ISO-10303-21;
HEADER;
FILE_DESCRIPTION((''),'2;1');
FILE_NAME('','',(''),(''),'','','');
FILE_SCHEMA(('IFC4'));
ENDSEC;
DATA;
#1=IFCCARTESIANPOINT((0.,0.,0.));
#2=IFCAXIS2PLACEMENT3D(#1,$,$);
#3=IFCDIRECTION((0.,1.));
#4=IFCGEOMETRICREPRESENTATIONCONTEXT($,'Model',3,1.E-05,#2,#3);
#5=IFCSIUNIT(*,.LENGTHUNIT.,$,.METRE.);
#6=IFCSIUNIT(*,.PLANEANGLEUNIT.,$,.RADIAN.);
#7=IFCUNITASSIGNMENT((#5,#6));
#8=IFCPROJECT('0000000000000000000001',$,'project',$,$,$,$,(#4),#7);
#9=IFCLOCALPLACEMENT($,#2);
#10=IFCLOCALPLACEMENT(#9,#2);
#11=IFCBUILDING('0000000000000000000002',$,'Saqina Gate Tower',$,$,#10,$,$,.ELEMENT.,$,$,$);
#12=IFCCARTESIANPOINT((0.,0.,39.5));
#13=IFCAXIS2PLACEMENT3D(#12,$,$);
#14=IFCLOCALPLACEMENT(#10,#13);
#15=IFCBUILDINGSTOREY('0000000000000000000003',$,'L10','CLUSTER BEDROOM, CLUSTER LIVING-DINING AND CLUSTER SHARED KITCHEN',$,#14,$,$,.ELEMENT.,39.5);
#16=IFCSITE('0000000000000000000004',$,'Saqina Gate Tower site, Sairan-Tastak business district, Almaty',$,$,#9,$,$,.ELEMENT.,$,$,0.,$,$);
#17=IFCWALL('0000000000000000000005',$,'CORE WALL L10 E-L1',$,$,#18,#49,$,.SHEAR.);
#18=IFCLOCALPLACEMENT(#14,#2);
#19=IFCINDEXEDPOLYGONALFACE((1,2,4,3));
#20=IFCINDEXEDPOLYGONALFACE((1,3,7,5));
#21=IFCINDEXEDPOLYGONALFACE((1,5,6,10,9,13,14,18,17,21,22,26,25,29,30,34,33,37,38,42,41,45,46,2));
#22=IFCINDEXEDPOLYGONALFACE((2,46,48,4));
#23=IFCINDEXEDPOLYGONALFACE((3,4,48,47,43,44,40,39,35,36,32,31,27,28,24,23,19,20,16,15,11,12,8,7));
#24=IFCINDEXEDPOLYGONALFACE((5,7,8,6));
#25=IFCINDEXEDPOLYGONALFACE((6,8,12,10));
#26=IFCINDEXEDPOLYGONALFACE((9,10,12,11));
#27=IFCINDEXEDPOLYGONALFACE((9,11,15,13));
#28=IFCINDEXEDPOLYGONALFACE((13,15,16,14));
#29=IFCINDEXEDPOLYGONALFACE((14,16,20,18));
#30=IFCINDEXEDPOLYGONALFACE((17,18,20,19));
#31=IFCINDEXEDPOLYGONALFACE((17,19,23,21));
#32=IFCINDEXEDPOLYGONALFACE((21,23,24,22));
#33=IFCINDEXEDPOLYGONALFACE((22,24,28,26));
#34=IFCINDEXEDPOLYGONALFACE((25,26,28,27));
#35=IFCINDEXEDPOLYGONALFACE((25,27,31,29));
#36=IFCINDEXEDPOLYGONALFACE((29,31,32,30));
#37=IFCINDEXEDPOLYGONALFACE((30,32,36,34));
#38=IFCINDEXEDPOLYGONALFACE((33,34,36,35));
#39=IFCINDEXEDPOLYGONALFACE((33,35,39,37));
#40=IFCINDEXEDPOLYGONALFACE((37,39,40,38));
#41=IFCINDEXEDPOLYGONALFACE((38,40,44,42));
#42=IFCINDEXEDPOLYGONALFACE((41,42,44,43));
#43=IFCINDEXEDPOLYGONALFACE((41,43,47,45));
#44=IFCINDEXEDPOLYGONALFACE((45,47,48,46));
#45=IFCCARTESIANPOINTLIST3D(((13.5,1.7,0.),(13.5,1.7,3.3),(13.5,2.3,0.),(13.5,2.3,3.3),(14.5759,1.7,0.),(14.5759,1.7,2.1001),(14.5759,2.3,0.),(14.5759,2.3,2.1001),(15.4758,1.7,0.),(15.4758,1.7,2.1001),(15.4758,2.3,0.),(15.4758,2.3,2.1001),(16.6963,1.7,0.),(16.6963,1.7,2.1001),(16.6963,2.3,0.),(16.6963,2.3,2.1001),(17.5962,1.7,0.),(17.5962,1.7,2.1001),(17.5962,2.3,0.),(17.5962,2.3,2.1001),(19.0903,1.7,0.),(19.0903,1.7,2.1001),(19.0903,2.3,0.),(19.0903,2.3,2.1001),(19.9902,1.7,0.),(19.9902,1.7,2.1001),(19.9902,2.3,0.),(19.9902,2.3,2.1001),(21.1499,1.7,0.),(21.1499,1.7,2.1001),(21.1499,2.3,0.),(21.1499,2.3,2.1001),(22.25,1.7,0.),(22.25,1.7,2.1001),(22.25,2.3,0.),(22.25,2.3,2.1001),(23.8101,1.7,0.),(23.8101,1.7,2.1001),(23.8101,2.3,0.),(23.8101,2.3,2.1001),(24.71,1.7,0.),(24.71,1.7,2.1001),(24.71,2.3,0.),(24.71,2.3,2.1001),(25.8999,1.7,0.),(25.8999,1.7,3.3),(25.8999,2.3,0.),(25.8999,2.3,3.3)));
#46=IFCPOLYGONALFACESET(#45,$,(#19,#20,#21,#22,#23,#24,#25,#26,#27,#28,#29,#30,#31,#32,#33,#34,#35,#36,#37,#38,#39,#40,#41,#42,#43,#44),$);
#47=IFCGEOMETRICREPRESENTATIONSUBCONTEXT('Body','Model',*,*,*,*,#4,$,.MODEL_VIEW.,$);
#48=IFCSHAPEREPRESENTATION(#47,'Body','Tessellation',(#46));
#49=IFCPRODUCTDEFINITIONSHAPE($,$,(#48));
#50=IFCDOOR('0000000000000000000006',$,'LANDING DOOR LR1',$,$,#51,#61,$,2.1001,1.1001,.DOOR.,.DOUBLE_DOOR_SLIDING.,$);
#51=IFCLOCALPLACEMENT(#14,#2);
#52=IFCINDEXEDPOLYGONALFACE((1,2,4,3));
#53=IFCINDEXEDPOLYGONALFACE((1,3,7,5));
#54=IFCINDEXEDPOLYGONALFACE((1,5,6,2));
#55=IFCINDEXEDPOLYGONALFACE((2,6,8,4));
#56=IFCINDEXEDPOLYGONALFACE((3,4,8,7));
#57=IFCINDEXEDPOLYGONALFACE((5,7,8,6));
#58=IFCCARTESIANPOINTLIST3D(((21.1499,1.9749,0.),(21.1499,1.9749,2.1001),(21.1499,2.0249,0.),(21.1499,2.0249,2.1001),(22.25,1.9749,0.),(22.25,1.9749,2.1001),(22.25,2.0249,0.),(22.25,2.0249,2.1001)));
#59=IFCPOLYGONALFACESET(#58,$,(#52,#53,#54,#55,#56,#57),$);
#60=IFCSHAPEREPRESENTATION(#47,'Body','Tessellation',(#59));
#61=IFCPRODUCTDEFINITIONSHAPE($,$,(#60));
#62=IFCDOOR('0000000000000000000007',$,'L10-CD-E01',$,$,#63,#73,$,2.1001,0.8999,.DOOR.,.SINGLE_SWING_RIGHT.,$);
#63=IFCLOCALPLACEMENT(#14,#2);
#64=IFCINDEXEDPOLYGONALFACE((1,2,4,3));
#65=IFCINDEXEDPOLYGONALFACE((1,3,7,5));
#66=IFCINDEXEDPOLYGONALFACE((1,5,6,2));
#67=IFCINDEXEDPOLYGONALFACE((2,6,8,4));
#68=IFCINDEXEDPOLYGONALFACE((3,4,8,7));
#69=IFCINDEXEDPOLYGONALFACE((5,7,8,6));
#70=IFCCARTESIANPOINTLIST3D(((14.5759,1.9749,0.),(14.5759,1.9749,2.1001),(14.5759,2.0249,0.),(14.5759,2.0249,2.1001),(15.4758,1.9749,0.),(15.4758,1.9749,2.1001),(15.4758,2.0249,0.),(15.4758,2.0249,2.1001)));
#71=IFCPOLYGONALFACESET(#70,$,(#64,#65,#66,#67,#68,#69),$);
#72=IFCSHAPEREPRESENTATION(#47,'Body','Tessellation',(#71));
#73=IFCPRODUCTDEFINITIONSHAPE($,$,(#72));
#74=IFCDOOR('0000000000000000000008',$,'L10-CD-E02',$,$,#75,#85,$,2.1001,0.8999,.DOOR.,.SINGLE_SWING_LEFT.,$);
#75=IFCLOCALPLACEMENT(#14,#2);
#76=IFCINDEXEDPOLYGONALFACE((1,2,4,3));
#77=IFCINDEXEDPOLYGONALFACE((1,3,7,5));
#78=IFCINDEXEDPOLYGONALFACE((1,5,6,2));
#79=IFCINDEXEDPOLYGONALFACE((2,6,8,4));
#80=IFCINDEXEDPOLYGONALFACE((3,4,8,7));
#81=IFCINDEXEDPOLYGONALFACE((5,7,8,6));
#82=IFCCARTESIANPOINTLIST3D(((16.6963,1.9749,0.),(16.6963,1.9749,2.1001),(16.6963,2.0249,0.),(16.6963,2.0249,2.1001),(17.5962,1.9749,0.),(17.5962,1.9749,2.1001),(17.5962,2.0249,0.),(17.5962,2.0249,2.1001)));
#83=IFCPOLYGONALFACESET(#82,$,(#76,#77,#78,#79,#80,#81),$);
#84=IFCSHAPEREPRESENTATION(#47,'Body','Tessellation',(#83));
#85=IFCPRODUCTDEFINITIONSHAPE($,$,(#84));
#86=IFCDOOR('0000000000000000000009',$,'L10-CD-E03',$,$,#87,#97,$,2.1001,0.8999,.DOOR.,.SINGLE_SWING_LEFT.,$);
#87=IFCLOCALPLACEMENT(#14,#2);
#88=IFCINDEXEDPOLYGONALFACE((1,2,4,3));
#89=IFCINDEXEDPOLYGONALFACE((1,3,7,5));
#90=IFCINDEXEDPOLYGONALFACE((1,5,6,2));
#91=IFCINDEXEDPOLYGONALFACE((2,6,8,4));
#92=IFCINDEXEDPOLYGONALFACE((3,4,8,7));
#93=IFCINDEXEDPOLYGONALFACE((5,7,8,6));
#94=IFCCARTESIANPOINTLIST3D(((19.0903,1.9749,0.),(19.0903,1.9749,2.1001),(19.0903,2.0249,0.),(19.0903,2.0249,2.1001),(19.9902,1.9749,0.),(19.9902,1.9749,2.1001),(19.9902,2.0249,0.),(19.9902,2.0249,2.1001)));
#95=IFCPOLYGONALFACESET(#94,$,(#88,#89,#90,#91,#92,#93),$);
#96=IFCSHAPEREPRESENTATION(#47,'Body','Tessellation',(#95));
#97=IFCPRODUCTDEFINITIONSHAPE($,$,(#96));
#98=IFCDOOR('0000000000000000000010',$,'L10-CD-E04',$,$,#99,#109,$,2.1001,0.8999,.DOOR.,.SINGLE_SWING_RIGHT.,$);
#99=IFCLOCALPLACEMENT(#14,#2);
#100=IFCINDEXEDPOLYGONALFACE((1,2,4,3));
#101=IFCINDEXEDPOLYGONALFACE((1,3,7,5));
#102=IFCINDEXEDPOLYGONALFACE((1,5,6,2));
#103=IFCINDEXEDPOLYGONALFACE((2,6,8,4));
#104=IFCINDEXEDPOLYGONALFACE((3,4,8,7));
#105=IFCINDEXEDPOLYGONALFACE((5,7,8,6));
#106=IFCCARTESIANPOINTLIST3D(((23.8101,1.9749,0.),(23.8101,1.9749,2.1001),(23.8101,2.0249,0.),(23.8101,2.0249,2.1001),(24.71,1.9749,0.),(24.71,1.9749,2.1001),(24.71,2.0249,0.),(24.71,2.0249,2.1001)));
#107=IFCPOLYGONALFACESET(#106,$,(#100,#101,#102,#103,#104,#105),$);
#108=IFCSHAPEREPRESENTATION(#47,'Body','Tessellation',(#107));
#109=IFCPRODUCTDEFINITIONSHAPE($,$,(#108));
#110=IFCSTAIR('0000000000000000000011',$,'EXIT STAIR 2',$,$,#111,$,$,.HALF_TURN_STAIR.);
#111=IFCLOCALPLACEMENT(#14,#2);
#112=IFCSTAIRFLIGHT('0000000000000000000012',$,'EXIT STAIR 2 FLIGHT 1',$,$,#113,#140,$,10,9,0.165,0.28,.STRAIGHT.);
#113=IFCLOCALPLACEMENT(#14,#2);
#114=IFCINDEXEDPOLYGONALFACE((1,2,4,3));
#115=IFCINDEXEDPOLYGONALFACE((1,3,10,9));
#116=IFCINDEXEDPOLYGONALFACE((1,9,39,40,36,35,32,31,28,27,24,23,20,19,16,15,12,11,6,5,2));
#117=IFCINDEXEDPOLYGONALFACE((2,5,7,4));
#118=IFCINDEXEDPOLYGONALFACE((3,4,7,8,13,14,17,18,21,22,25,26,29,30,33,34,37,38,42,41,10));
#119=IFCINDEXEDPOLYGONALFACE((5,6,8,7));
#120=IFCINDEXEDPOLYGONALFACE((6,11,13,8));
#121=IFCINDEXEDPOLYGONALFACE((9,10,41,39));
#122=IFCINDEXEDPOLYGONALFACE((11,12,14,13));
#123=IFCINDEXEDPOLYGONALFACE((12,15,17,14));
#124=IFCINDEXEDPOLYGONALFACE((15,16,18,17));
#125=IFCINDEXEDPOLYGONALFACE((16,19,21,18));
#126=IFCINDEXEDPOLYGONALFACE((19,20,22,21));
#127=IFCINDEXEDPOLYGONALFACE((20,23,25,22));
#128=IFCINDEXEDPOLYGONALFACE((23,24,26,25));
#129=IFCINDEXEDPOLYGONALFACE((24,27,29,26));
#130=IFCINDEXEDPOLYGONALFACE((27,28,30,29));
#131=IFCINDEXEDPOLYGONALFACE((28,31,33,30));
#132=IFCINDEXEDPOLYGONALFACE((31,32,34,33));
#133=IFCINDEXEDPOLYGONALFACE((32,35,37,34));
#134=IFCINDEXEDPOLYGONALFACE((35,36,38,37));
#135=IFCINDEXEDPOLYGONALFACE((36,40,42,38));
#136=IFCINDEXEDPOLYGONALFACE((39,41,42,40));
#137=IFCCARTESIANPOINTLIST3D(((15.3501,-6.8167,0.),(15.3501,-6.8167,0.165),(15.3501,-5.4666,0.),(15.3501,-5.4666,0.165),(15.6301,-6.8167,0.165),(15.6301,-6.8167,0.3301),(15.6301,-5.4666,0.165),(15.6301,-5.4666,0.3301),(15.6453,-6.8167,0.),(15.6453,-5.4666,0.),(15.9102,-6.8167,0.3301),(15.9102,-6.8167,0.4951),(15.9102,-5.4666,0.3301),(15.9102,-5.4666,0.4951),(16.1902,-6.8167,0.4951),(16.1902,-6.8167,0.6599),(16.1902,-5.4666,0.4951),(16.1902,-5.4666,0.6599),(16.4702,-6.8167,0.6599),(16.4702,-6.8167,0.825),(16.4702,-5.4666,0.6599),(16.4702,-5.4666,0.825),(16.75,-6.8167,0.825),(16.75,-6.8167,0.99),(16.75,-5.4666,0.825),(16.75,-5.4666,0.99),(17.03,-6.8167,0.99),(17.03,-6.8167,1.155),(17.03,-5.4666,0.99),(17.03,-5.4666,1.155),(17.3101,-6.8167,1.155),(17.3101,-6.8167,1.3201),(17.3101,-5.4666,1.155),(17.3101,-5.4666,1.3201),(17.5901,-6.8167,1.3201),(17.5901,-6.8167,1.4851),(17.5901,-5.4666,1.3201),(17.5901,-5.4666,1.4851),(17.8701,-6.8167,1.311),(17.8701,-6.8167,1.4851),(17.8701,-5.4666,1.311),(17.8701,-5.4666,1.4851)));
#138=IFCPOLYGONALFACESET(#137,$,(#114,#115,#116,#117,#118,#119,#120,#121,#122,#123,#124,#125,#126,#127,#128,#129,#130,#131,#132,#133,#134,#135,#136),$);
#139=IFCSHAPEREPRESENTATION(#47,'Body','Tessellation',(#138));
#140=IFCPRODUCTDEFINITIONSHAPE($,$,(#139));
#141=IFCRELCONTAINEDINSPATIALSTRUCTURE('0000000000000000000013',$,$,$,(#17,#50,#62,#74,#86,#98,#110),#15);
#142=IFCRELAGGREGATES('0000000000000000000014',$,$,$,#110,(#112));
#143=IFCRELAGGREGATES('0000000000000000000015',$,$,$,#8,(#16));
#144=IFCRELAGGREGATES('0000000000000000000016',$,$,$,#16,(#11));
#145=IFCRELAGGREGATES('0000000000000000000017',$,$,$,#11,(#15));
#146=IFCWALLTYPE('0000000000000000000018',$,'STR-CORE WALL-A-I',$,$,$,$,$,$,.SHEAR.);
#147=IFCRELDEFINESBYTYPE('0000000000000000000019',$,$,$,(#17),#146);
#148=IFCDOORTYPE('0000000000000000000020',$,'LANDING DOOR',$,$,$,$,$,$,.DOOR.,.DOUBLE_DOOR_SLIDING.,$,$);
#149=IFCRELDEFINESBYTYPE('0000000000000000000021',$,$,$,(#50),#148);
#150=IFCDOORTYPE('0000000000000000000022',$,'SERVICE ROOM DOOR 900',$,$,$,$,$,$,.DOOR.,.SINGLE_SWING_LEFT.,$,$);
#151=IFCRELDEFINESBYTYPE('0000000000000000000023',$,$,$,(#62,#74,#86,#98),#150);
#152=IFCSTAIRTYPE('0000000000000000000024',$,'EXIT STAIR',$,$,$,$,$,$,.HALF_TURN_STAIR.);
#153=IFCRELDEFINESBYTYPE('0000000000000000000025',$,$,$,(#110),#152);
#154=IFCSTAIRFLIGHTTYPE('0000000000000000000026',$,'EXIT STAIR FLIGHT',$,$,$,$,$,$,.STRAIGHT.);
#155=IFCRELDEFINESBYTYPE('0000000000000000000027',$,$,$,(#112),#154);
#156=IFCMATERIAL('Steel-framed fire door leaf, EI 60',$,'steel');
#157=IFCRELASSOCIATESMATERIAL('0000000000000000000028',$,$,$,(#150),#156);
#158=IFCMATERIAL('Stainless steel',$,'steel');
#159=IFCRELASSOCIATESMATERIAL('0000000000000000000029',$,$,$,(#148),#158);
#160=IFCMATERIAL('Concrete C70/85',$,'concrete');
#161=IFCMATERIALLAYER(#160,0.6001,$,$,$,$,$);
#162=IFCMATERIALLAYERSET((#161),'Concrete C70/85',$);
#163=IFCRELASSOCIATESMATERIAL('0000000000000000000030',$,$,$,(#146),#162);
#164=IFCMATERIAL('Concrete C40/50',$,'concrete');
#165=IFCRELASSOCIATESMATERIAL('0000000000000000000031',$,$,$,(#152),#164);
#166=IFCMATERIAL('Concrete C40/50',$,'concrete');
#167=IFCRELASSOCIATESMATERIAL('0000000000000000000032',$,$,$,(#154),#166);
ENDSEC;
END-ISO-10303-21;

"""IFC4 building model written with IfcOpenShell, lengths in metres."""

from ifc_helpers import new_model, si_unit, direction, frame, frame_2d, origin, place, context, subcontext, project, spatial, polyline, rectangle, outline, extrude, material, layer, layer_set, type_object, element, fill, aggregate, save


model = new_model("IFC4")

# Units and contexts
model_context = context("Model", 3, precision=1e-05, world=origin(), true_north=direction((0.0, 1.0)))
body_context = subcontext(model_context, "Body", "Model", "MODEL_VIEW")
ifc_project = project(units=[si_unit("LENGTHUNIT", "METRE"), si_unit("PLANEANGLEUNIT", "RADIAN")], contexts=[model_context])

# Site, building, storey
site_placement = place(None, origin())
site = spatial("IfcSite", under=ifc_project, at=site_placement, Name="Saqina Gate Tower site, Sairan-Tastak business district, Almaty", CompositionType="ELEMENT", RefElevation=0.0)
building_placement = place(site_placement, origin())
building = spatial("IfcBuilding", under=site, at=building_placement, Name="Saqina Gate Tower", CompositionType="ELEMENT")
storey_placement = place(building_placement, frame((0.0, 0.0, 39.5)))
storey = spatial("IfcBuildingStorey", under=building, at=storey_placement, Name="L10", Description="CLUSTER BEDROOM, CLUSTER LIVING-DINING AND CLUSTER SHARED KITCHEN", CompositionType="ELEMENT", Elevation=39.5)

# Shared definitions
ifc_material_1 = material(Name="Steel-framed fire door leaf, EI 60", Category="steel")
door_type_1 = type_object("IfcDoorType", Name="SERVICE ROOM DOOR 900", OperationType="SINGLE_SWING_LEFT", PredefinedType="DOOR", material=ifc_material_1)

# Shared definitions
ifc_material_2 = material(Name="Stainless steel", Category="steel")
door_type_2 = type_object("IfcDoorType", Name="LANDING DOOR", OperationType="DOUBLE_DOOR_SLIDING", PredefinedType="DOOR", material=ifc_material_2)

# Wall, openings, doors
ifc_material_3 = material(Name="Concrete C70/85", Category="concrete")
ifc_layer_1 = layer(ifc_material_3, 0.6001)
ifc_layer_set_1 = layer_set([ifc_layer_1], Name="Concrete C70/85")
wall_type_1 = type_object("IfcWallType", Name="STR-CORE WALL-A-I", PredefinedType="SHEAR", material=ifc_layer_set_1)
wall_1_placement = place(storey_placement, frame((13.5, 2.0, 0.0), z_axis=(0.0, 0.0, 1.0), x_axis=(1.0, 0.0, 0.0)))
wall_1 = element("IfcWall", 1, at=wall_1_placement, inside=storey, type_object=wall_type_1, Name="CORE WALL L10 E-L1", PredefinedType="SHEAR", context=body_context, shape_type="SweptSolid", body=[
    extrude(rectangle(XDim=12.3999, YDim=0.6001, at=frame_2d((6.2, 0.0))), origin(), (0.0, 0.0, 1.0), 3.3),
])
opening_1_placement = place(wall_1_placement, frame((7.6499, 0.0, 0.0)))
opening_1 = element("IfcOpeningElement", 2, at=opening_1_placement, cuts=wall_1, PredefinedType="OPENING", context=body_context, shape_type="SweptSolid", body=[
    extrude(rectangle(XDim=1.1001, YDim=2.1001, at=frame_2d((0.55, 1.05))), frame((0.0, 0.312, 0.0), z_axis=(0.0, -1.0, 0.0), x_axis=(1.0, 0.0, 0.0)), (0.0, 0.0, 1.0), 0.624),
])
opening_2_placement = place(wall_1_placement, frame((1.0759, 0.0, 0.0)))
opening_2 = element("IfcOpeningElement", 3, at=opening_2_placement, cuts=wall_1, PredefinedType="OPENING", context=body_context, shape_type="SweptSolid", body=[
    extrude(rectangle(XDim=0.8999, YDim=2.1001, at=frame_2d((0.45, 1.05))), frame((0.0, 0.312, 0.0), z_axis=(0.0, -1.0, 0.0), x_axis=(1.0, 0.0, 0.0)), (0.0, 0.0, 1.0), 0.624),
])
opening_3_placement = place(wall_1_placement, frame((3.1963, 0.0, 0.0)))
opening_3 = element("IfcOpeningElement", 4, at=opening_3_placement, cuts=wall_1, PredefinedType="OPENING", context=body_context, shape_type="SweptSolid", body=[
    extrude(rectangle(XDim=0.8999, YDim=2.1001, at=frame_2d((0.45, 1.05))), frame((0.0, 0.312, 0.0), z_axis=(0.0, -1.0, 0.0), x_axis=(1.0, 0.0, 0.0)), (0.0, 0.0, 1.0), 0.624),
])
opening_4_placement = place(wall_1_placement, frame((5.5903, 0.0, 0.0)))
opening_4 = element("IfcOpeningElement", 5, at=opening_4_placement, cuts=wall_1, PredefinedType="OPENING", context=body_context, shape_type="SweptSolid", body=[
    extrude(rectangle(XDim=0.8999, YDim=2.1001, at=frame_2d((0.45, 1.05))), frame((0.0, 0.312, 0.0), z_axis=(0.0, -1.0, 0.0), x_axis=(1.0, 0.0, 0.0)), (0.0, 0.0, 1.0), 0.624),
])
opening_5_placement = place(wall_1_placement, frame((10.3101, 0.0, 0.0)))
opening_5 = element("IfcOpeningElement", 6, at=opening_5_placement, cuts=wall_1, PredefinedType="OPENING", context=body_context, shape_type="SweptSolid", body=[
    extrude(rectangle(XDim=0.8999, YDim=2.1001, at=frame_2d((0.45, 1.05))), frame((0.0, 0.312, 0.0), z_axis=(0.0, -1.0, 0.0), x_axis=(1.0, 0.0, 0.0)), (0.0, 0.0, 1.0), 0.624),
])
door_1_placement = place(opening_1_placement, origin())
door_1 = element("IfcDoor", 7, at=door_1_placement, inside=storey, type_object=door_type_2, Name="LANDING DOOR LR1", OperationType="DOUBLE_DOOR_SLIDING", OverallHeight=2.1001, OverallWidth=1.1001, PredefinedType="DOOR", context=body_context, shape_type="SweptSolid", body=[
    extrude(rectangle(XDim=1.1001, YDim=2.1001, at=frame_2d((0.55, 1.05))), frame((0.0, 0.0249, 0.0), z_axis=(0.0, -1.0, 0.0), x_axis=(1.0, 0.0, 0.0)), (0.0, 0.0, 1.0), 0.05),
])
fill(opening_1, door_1)
door_2_placement = place(opening_2_placement, origin())
door_2 = element("IfcDoor", 8, at=door_2_placement, inside=storey, type_object=door_type_1, Name="L10-CD-E01", OperationType="SINGLE_SWING_RIGHT", OverallHeight=2.1001, OverallWidth=0.8999, PredefinedType="DOOR", context=body_context, shape_type="SweptSolid", body=[
    extrude(rectangle(XDim=0.8999, YDim=2.1001, at=frame_2d((0.45, 1.05))), frame((0.0, 0.0249, 0.0), z_axis=(0.0, -1.0, 0.0), x_axis=(1.0, 0.0, 0.0)), (0.0, 0.0, 1.0), 0.05),
])
fill(opening_2, door_2)
door_3_placement = place(opening_3_placement, origin())
door_3 = element("IfcDoor", 9, at=door_3_placement, inside=storey, type_object=door_type_1, Name="L10-CD-E02", OperationType="SINGLE_SWING_LEFT", OverallHeight=2.1001, OverallWidth=0.8999, PredefinedType="DOOR", context=body_context, shape_type="SweptSolid", body=[
    extrude(rectangle(XDim=0.8999, YDim=2.1001, at=frame_2d((0.45, 1.05))), frame((0.0, 0.0249, 0.0), z_axis=(0.0, -1.0, 0.0), x_axis=(1.0, 0.0, 0.0)), (0.0, 0.0, 1.0), 0.05),
])
fill(opening_3, door_3)
door_4_placement = place(opening_4_placement, origin())
door_4 = element("IfcDoor", 10, at=door_4_placement, inside=storey, type_object=door_type_1, Name="L10-CD-E03", OperationType="SINGLE_SWING_LEFT", OverallHeight=2.1001, OverallWidth=0.8999, PredefinedType="DOOR", context=body_context, shape_type="SweptSolid", body=[
    extrude(rectangle(XDim=0.8999, YDim=2.1001, at=frame_2d((0.45, 1.05))), frame((0.0, 0.0249, 0.0), z_axis=(0.0, -1.0, 0.0), x_axis=(1.0, 0.0, 0.0)), (0.0, 0.0, 1.0), 0.05),
])
fill(opening_4, door_4)
door_5_placement = place(opening_5_placement, origin())
door_5 = element("IfcDoor", 11, at=door_5_placement, inside=storey, type_object=door_type_1, Name="L10-CD-E04", OperationType="SINGLE_SWING_RIGHT", OverallHeight=2.1001, OverallWidth=0.8999, PredefinedType="DOOR", context=body_context, shape_type="SweptSolid", body=[
    extrude(rectangle(XDim=0.8999, YDim=2.1001, at=frame_2d((0.45, 1.05))), frame((0.0, 0.0249, 0.0), z_axis=(0.0, -1.0, 0.0), x_axis=(1.0, 0.0, 0.0)), (0.0, 0.0, 1.0), 0.05),
])
fill(opening_5, door_5)

# Stair, stair flight
ifc_material_4 = material(Name="Concrete C40/50", Category="concrete")
stair_type = type_object("IfcStairType", Name="EXIT STAIR", PredefinedType="HALF_TURN_STAIR", material=ifc_material_4)
stair_placement = place(storey_placement, origin())
stair = element("IfcStair", 12, at=stair_placement, inside=storey, type_object=stair_type, Name="EXIT STAIR 2", PredefinedType="HALF_TURN_STAIR")
ifc_material_5 = material(Name="Concrete C40/50", Category="concrete")
stair_flight_type = type_object("IfcStairFlightType", Name="EXIT STAIR FLIGHT", PredefinedType="STRAIGHT", material=ifc_material_5)
stair_flight_placement = place(storey_placement, frame((15.3501, -6.1416, 0.0), z_axis=(0.0, 0.0, 1.0), x_axis=(1.0, 0.0, 0.0)))
stair_flight = element("IfcStairFlight", 13, at=stair_flight_placement, type_object=stair_flight_type, Name="EXIT STAIR 2 FLIGHT 1", NumberOfRisers=10, NumberOfTreads=9, PredefinedType="STRAIGHT", RiserHeight=0.165, TreadLength=0.28, context=body_context, shape_type="SweptSolid", body=[
    extrude(outline(polyline([(0.0, 0.0), (0.0, 0.165), (0.28, 0.165), (0.28, 0.3301), (0.5601, 0.3301), (0.5601, 0.4951), (0.8401, 0.4951), (0.8401, 0.6599), (1.1201, 0.6599), (1.1201, 0.825), (1.3999, 0.825), (1.3999, 0.99), (1.6799, 0.99), (1.6799, 1.155), (1.96, 1.155), (1.96, 1.3201), (2.24, 1.3201), (2.24, 1.4851), (2.52, 1.4851), (2.52, 1.6499), (2.52, 1.311), (0.2952, 0.0), (0.0, 0.0)])), frame((0.0, 0.675, 0.0), z_axis=(0.0, -1.0, 0.0), x_axis=(1.0, 0.0, 0.0)), (0.0, 0.0, 1.0), 1.3501),
])
aggregate(stair, [stair_flight])

save(model, "model.ifc")
